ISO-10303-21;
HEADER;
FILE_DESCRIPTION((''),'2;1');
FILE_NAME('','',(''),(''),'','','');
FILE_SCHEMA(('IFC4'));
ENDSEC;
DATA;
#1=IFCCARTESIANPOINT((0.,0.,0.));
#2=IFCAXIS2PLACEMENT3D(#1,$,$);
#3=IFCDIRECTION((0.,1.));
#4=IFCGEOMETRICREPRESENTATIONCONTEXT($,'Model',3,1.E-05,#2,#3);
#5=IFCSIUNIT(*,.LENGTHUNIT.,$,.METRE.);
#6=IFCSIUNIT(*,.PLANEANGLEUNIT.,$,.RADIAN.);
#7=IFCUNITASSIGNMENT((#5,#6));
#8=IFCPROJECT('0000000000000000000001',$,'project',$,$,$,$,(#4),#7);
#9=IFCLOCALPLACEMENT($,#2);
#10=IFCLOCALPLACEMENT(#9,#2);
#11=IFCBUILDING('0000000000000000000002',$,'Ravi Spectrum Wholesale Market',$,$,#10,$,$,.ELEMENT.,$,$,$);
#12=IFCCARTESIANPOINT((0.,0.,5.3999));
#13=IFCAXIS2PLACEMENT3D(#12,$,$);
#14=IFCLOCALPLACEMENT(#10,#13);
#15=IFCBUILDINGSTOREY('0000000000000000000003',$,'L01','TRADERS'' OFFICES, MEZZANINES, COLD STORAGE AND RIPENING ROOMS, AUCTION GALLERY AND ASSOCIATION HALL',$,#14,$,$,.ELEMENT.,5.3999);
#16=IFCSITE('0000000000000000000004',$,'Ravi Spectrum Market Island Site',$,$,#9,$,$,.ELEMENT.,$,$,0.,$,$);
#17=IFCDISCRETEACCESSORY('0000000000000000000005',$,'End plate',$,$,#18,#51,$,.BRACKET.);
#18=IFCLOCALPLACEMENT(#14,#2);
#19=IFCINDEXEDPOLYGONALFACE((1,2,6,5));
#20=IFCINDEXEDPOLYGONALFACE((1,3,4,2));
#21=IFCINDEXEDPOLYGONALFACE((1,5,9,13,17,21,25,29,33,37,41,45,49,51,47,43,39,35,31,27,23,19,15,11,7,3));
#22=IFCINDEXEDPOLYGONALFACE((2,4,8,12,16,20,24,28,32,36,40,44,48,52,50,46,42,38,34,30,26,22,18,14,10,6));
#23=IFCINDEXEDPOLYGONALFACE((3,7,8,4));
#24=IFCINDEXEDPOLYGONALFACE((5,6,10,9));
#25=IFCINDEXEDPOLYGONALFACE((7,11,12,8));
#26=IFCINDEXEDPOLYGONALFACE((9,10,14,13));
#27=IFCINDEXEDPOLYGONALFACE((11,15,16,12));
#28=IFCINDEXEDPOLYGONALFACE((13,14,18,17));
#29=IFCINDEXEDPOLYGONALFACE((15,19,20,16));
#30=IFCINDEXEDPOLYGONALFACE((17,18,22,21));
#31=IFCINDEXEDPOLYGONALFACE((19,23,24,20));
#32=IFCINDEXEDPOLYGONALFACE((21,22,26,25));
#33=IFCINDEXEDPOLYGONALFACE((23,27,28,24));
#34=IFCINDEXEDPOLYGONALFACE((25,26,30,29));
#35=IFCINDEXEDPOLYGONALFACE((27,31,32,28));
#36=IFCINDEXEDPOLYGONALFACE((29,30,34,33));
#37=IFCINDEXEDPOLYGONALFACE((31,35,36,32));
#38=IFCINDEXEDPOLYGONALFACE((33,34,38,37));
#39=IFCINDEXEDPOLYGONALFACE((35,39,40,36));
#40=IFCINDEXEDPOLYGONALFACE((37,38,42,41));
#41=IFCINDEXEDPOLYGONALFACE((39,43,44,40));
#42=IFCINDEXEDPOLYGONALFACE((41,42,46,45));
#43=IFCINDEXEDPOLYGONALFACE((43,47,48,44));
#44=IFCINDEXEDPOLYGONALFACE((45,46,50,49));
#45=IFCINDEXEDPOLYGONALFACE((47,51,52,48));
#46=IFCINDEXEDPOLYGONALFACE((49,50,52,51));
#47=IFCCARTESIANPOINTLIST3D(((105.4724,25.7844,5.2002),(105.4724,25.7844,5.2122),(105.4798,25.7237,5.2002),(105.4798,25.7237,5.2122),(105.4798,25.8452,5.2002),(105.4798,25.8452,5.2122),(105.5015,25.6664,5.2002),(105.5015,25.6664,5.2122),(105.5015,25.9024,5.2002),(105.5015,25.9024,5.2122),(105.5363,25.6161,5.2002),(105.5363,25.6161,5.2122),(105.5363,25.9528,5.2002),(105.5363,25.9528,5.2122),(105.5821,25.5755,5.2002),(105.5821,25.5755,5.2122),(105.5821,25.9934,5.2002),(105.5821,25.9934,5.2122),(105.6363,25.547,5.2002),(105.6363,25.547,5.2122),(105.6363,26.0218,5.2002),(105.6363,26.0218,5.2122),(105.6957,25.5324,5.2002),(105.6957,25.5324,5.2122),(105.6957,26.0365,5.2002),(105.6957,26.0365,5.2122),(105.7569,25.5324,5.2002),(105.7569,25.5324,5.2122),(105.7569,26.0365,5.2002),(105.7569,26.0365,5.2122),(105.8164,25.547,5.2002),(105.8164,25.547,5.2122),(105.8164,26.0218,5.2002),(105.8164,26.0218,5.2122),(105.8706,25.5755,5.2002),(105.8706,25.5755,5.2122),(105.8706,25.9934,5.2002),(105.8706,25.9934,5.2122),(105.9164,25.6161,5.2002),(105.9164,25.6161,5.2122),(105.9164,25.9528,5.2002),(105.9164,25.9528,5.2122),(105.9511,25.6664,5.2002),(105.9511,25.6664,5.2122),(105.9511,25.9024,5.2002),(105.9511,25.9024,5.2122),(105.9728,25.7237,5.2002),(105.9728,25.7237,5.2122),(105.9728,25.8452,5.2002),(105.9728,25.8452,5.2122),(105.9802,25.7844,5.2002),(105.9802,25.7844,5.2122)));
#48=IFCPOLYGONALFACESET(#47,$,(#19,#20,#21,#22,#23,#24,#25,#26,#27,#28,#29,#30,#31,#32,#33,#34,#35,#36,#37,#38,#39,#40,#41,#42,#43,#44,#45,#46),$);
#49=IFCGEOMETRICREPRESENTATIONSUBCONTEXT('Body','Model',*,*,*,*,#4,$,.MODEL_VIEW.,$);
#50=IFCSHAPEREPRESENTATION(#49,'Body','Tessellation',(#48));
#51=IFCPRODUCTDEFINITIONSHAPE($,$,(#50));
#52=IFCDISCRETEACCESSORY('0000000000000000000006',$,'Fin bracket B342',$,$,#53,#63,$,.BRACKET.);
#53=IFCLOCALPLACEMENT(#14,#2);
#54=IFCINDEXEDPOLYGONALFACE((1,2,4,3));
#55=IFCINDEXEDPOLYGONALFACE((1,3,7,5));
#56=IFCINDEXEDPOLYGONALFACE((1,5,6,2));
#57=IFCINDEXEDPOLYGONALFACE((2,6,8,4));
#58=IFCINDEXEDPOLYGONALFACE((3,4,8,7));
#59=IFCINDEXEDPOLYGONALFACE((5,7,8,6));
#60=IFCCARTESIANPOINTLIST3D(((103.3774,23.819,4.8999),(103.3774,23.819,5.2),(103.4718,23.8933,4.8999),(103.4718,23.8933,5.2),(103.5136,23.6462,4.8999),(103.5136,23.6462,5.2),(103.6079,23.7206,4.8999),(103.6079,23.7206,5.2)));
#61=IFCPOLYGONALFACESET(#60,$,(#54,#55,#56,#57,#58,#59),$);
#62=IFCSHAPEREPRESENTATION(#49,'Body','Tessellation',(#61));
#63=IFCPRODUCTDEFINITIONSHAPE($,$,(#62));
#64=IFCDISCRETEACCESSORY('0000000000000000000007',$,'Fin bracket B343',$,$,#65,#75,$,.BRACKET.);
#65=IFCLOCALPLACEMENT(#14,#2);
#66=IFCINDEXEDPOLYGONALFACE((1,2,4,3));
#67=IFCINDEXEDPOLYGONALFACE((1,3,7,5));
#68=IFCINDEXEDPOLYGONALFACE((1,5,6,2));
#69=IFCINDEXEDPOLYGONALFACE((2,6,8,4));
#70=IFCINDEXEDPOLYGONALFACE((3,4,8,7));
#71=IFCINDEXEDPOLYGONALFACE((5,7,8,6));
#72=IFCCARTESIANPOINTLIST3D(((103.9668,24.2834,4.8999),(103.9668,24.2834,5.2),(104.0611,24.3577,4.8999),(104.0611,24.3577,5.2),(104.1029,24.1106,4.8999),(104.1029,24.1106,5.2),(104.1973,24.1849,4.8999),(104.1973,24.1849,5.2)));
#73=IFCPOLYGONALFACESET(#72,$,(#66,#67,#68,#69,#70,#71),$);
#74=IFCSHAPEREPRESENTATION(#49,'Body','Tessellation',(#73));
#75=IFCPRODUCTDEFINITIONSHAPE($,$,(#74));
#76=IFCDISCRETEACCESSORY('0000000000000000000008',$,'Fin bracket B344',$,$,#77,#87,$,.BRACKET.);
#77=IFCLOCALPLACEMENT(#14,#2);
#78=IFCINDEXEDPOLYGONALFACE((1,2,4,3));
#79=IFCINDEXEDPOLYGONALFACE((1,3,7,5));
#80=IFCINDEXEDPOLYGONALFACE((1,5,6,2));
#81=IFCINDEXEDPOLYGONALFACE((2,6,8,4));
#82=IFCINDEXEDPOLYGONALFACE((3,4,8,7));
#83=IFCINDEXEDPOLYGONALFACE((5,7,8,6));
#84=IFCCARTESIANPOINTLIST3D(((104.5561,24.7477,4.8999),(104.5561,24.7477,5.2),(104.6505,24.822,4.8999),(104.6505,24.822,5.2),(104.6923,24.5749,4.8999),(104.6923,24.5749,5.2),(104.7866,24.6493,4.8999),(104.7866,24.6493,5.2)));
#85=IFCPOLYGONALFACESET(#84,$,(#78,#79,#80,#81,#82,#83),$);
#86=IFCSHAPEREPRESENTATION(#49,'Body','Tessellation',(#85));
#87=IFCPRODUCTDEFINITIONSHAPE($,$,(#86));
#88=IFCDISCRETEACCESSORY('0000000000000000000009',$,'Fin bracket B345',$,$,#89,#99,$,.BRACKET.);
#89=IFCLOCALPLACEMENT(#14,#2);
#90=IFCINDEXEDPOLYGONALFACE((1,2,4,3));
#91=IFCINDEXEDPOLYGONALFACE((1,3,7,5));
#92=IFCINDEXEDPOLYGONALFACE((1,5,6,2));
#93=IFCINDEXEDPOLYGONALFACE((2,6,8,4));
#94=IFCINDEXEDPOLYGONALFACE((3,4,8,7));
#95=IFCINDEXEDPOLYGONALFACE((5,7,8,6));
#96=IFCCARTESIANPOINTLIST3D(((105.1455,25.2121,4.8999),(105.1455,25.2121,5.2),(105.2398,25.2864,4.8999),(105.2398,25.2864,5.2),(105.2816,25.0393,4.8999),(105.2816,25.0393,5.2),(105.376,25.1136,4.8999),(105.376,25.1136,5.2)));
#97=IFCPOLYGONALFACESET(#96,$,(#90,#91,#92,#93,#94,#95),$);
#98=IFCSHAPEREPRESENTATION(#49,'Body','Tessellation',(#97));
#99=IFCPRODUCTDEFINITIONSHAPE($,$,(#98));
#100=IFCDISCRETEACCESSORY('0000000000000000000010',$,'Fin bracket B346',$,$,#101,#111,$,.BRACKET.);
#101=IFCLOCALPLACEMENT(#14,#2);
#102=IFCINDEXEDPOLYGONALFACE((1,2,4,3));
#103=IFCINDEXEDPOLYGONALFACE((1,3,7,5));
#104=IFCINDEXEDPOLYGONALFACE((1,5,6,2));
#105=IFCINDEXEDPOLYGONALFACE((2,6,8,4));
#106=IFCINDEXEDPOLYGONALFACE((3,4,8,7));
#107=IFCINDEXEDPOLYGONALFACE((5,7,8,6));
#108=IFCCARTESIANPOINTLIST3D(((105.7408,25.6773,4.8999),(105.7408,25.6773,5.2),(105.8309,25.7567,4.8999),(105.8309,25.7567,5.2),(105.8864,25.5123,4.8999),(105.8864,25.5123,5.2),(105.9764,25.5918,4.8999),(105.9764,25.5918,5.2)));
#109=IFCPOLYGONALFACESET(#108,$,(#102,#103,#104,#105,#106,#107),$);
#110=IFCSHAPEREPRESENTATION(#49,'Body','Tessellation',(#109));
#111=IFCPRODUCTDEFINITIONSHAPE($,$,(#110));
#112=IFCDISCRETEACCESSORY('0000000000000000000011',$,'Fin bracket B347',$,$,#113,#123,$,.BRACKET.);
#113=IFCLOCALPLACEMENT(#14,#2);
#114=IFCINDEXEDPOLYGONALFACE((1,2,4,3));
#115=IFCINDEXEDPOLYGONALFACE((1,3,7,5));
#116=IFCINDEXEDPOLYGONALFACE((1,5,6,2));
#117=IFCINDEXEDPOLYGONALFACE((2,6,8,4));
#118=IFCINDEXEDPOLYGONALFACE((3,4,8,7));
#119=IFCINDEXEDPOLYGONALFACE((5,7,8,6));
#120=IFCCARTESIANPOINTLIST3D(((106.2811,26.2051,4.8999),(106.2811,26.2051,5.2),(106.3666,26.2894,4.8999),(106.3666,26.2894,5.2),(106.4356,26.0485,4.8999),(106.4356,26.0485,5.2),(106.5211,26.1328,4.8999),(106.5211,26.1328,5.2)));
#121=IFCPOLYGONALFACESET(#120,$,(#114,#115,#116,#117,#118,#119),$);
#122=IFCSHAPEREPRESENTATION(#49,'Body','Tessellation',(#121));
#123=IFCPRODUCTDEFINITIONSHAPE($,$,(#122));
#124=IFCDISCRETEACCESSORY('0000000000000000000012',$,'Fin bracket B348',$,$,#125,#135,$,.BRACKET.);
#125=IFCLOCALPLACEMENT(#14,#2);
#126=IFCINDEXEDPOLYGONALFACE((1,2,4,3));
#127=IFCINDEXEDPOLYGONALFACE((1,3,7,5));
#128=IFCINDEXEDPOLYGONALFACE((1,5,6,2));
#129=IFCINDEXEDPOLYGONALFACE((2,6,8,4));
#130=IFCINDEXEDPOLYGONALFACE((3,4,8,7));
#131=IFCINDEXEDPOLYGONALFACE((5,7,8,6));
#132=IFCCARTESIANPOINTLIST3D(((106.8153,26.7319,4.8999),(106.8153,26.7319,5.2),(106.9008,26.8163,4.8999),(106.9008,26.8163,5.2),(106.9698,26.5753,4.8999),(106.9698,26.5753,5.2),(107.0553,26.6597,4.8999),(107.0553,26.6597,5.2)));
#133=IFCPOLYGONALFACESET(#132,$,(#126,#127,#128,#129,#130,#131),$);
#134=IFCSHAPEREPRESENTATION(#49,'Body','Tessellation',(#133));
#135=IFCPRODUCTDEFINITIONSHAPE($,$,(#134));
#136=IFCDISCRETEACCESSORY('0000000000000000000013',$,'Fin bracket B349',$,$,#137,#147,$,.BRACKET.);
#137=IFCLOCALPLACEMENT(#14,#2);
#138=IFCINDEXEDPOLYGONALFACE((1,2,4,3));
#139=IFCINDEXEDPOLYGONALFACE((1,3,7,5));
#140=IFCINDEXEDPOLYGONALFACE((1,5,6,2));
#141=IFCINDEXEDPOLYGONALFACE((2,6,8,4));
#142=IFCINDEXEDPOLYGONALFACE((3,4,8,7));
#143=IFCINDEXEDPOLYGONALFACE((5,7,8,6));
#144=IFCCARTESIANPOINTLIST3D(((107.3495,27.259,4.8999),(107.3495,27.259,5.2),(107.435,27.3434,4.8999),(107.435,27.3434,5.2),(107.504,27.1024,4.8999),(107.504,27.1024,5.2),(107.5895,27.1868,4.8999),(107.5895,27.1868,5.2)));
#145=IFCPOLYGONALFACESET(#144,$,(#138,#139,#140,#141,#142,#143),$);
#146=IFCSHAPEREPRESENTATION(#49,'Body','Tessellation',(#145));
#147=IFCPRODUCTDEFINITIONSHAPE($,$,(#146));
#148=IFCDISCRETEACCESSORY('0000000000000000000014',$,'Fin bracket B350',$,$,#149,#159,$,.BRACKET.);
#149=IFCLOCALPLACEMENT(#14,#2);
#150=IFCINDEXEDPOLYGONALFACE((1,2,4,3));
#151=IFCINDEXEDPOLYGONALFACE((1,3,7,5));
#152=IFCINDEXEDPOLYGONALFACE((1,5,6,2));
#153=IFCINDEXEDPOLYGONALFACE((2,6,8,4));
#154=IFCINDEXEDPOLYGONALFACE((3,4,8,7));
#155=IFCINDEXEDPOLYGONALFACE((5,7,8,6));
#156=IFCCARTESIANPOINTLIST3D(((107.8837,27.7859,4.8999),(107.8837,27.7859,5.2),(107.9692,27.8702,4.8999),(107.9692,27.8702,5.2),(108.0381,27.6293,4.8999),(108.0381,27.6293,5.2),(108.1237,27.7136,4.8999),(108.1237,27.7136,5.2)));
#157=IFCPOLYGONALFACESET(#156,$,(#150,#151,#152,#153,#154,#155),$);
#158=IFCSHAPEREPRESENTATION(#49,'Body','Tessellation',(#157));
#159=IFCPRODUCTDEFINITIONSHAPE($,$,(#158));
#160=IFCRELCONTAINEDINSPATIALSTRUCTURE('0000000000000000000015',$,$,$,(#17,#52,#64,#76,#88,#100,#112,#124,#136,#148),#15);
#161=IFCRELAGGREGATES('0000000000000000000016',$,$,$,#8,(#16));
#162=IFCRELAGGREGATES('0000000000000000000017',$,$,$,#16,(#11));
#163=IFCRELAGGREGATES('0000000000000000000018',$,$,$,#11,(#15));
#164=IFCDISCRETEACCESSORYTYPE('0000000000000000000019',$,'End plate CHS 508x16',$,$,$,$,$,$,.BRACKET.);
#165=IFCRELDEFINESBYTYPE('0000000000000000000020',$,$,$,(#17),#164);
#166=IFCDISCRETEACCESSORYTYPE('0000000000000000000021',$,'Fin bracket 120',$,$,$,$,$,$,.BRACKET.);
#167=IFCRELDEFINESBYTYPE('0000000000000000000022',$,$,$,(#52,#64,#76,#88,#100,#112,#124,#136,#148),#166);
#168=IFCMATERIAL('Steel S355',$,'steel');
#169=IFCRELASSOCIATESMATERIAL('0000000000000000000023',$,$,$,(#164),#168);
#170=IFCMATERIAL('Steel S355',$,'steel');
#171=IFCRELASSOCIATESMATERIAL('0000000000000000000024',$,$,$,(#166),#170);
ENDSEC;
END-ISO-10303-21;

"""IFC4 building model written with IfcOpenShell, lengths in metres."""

from ifc_helpers import new_model, si_unit, direction, frame, origin, origin_2d, place, context, subcontext, project, spatial, rectangle, circle, extrude, material, material_profile, profile_set, type_object, element, save


model = new_model("IFC4")

# Units and contexts
model_context = context("Model", 3, precision=1e-05, world=origin(), true_north=direction((0.0, 1.0)))
body_context = subcontext(model_context, "Body", "Model", "MODEL_VIEW")
ifc_project = project(units=[si_unit("LENGTHUNIT", "METRE"), si_unit("PLANEANGLEUNIT", "RADIAN")], contexts=[model_context])

# Site, building, storey
site_placement = place(None, origin())
site = spatial("IfcSite", under=ifc_project, at=site_placement, Name="Ravi Spectrum Market Island Site", CompositionType="ELEMENT", RefElevation=0.0)
building_placement = place(site_placement, origin())
building = spatial("IfcBuilding", under=site, at=building_placement, Name="Ravi Spectrum Wholesale Market", CompositionType="ELEMENT")
storey_placement = place(building_placement, frame((0.0, 0.0, 5.3999)))
storey = spatial("IfcBuildingStorey", under=building, at=storey_placement, Name="L01", Description="TRADERS' OFFICES, MEZZANINES, COLD STORAGE AND RIPENING ROOMS, AUCTION GALLERY AND ASSOCIATION HALL", CompositionType="ELEMENT", Elevation=5.3999)

# Discrete accessories
ifc_material_1 = material(Name="Steel S355", Category="steel")
ifc_material_profile_1 = material_profile(ifc_material_1, circle(Radius=0.2539, at=origin_2d()))
ifc_profile_set_1 = profile_set([ifc_material_profile_1], Name="Steel S355")
discrete_accessory_type_1 = type_object("IfcDiscreteAccessoryType", Name="End plate CHS 508x16", PredefinedType="BRACKET", material=ifc_profile_set_1)
discrete_accessory_placement = place(storey_placement, frame((105.7263, 25.7844, 5.2002), z_axis=(0.0, 0.0, 1.0), x_axis=(1.0, 0.0, 0.0)))
element("IfcDiscreteAccessory", 1, at=discrete_accessory_placement, inside=storey, type_object=discrete_accessory_type_1, Name="End plate", PredefinedType="BRACKET", context=body_context, shape_type="SweptSolid", body=[
    extrude(circle(Radius=0.2539, at=origin_2d()), origin(), (0.0, 0.0, 1.0), 0.012),
])
ifc_material_2 = material(Name="Steel S355", Category="steel")
discrete_accessory_type_2 = type_object("IfcDiscreteAccessoryType", Name="Fin bracket 120", PredefinedType="BRACKET", material=ifc_material_2)
for number, where, z_axis, x_axis, name in (
    (2, (103.4927, 23.7698, 4.8999), (0.0, 0.0, 1.0), (0.785472, 0.618897, 0.0), "Fin bracket B342"),
    (3, (104.082, 24.2341, 4.8999), (0.0, 0.0, 1.0), (0.785472, 0.618897, 0.0), "Fin bracket B343"),
    (4, (104.6714, 24.6985, 4.8999), (0.0, 0.0, 1.0), (0.785472, 0.618897, 0.0), "Fin bracket B344"),
    (5, (105.2607, 25.1628, 4.8999), (0.0, 0.0, 1.0), (0.785472, 0.618897, 0.0), "Fin bracket B345"),
    (6, (105.8586, 25.6345, 4.8999), (0.0, 0.0, 1.0), (0.749858, 0.661599, 0.0), "Fin bracket B346"),
    (7, (106.4011, 26.1689, 4.8999), (0.0, 0.0, 1.0), (0.711925, 0.702256, 0.0), "Fin bracket B347"),
    (8, (106.9353, 26.6958, 4.8999), (0.0, 0.0, 1.0), (0.711925, 0.702256, 0.0), "Fin bracket B348"),
    (9, (107.4695, 27.2229, 4.8999), (0.0, 0.0, 1.0), (0.711925, 0.702256, 0.0), "Fin bracket B349"),
    (10, (108.0037, 27.7498, 4.8999), (0.0, 0.0, 1.0), (0.711925, 0.702256, 0.0), "Fin bracket B350"),
):
    element("IfcDiscreteAccessory", number, at=place(storey_placement, frame(where, z_axis=z_axis, x_axis=x_axis)), inside=storey, type_object=discrete_accessory_type_2, Name=name, PredefinedType="BRACKET", context=body_context, shape_type="SweptSolid", body=[
        extrude(rectangle(XDim=0.1201, YDim=0.22, at=origin_2d()), origin(), (0.0, 0.0, 1.0), 0.3),
    ])

save(model, "model.ifc")
